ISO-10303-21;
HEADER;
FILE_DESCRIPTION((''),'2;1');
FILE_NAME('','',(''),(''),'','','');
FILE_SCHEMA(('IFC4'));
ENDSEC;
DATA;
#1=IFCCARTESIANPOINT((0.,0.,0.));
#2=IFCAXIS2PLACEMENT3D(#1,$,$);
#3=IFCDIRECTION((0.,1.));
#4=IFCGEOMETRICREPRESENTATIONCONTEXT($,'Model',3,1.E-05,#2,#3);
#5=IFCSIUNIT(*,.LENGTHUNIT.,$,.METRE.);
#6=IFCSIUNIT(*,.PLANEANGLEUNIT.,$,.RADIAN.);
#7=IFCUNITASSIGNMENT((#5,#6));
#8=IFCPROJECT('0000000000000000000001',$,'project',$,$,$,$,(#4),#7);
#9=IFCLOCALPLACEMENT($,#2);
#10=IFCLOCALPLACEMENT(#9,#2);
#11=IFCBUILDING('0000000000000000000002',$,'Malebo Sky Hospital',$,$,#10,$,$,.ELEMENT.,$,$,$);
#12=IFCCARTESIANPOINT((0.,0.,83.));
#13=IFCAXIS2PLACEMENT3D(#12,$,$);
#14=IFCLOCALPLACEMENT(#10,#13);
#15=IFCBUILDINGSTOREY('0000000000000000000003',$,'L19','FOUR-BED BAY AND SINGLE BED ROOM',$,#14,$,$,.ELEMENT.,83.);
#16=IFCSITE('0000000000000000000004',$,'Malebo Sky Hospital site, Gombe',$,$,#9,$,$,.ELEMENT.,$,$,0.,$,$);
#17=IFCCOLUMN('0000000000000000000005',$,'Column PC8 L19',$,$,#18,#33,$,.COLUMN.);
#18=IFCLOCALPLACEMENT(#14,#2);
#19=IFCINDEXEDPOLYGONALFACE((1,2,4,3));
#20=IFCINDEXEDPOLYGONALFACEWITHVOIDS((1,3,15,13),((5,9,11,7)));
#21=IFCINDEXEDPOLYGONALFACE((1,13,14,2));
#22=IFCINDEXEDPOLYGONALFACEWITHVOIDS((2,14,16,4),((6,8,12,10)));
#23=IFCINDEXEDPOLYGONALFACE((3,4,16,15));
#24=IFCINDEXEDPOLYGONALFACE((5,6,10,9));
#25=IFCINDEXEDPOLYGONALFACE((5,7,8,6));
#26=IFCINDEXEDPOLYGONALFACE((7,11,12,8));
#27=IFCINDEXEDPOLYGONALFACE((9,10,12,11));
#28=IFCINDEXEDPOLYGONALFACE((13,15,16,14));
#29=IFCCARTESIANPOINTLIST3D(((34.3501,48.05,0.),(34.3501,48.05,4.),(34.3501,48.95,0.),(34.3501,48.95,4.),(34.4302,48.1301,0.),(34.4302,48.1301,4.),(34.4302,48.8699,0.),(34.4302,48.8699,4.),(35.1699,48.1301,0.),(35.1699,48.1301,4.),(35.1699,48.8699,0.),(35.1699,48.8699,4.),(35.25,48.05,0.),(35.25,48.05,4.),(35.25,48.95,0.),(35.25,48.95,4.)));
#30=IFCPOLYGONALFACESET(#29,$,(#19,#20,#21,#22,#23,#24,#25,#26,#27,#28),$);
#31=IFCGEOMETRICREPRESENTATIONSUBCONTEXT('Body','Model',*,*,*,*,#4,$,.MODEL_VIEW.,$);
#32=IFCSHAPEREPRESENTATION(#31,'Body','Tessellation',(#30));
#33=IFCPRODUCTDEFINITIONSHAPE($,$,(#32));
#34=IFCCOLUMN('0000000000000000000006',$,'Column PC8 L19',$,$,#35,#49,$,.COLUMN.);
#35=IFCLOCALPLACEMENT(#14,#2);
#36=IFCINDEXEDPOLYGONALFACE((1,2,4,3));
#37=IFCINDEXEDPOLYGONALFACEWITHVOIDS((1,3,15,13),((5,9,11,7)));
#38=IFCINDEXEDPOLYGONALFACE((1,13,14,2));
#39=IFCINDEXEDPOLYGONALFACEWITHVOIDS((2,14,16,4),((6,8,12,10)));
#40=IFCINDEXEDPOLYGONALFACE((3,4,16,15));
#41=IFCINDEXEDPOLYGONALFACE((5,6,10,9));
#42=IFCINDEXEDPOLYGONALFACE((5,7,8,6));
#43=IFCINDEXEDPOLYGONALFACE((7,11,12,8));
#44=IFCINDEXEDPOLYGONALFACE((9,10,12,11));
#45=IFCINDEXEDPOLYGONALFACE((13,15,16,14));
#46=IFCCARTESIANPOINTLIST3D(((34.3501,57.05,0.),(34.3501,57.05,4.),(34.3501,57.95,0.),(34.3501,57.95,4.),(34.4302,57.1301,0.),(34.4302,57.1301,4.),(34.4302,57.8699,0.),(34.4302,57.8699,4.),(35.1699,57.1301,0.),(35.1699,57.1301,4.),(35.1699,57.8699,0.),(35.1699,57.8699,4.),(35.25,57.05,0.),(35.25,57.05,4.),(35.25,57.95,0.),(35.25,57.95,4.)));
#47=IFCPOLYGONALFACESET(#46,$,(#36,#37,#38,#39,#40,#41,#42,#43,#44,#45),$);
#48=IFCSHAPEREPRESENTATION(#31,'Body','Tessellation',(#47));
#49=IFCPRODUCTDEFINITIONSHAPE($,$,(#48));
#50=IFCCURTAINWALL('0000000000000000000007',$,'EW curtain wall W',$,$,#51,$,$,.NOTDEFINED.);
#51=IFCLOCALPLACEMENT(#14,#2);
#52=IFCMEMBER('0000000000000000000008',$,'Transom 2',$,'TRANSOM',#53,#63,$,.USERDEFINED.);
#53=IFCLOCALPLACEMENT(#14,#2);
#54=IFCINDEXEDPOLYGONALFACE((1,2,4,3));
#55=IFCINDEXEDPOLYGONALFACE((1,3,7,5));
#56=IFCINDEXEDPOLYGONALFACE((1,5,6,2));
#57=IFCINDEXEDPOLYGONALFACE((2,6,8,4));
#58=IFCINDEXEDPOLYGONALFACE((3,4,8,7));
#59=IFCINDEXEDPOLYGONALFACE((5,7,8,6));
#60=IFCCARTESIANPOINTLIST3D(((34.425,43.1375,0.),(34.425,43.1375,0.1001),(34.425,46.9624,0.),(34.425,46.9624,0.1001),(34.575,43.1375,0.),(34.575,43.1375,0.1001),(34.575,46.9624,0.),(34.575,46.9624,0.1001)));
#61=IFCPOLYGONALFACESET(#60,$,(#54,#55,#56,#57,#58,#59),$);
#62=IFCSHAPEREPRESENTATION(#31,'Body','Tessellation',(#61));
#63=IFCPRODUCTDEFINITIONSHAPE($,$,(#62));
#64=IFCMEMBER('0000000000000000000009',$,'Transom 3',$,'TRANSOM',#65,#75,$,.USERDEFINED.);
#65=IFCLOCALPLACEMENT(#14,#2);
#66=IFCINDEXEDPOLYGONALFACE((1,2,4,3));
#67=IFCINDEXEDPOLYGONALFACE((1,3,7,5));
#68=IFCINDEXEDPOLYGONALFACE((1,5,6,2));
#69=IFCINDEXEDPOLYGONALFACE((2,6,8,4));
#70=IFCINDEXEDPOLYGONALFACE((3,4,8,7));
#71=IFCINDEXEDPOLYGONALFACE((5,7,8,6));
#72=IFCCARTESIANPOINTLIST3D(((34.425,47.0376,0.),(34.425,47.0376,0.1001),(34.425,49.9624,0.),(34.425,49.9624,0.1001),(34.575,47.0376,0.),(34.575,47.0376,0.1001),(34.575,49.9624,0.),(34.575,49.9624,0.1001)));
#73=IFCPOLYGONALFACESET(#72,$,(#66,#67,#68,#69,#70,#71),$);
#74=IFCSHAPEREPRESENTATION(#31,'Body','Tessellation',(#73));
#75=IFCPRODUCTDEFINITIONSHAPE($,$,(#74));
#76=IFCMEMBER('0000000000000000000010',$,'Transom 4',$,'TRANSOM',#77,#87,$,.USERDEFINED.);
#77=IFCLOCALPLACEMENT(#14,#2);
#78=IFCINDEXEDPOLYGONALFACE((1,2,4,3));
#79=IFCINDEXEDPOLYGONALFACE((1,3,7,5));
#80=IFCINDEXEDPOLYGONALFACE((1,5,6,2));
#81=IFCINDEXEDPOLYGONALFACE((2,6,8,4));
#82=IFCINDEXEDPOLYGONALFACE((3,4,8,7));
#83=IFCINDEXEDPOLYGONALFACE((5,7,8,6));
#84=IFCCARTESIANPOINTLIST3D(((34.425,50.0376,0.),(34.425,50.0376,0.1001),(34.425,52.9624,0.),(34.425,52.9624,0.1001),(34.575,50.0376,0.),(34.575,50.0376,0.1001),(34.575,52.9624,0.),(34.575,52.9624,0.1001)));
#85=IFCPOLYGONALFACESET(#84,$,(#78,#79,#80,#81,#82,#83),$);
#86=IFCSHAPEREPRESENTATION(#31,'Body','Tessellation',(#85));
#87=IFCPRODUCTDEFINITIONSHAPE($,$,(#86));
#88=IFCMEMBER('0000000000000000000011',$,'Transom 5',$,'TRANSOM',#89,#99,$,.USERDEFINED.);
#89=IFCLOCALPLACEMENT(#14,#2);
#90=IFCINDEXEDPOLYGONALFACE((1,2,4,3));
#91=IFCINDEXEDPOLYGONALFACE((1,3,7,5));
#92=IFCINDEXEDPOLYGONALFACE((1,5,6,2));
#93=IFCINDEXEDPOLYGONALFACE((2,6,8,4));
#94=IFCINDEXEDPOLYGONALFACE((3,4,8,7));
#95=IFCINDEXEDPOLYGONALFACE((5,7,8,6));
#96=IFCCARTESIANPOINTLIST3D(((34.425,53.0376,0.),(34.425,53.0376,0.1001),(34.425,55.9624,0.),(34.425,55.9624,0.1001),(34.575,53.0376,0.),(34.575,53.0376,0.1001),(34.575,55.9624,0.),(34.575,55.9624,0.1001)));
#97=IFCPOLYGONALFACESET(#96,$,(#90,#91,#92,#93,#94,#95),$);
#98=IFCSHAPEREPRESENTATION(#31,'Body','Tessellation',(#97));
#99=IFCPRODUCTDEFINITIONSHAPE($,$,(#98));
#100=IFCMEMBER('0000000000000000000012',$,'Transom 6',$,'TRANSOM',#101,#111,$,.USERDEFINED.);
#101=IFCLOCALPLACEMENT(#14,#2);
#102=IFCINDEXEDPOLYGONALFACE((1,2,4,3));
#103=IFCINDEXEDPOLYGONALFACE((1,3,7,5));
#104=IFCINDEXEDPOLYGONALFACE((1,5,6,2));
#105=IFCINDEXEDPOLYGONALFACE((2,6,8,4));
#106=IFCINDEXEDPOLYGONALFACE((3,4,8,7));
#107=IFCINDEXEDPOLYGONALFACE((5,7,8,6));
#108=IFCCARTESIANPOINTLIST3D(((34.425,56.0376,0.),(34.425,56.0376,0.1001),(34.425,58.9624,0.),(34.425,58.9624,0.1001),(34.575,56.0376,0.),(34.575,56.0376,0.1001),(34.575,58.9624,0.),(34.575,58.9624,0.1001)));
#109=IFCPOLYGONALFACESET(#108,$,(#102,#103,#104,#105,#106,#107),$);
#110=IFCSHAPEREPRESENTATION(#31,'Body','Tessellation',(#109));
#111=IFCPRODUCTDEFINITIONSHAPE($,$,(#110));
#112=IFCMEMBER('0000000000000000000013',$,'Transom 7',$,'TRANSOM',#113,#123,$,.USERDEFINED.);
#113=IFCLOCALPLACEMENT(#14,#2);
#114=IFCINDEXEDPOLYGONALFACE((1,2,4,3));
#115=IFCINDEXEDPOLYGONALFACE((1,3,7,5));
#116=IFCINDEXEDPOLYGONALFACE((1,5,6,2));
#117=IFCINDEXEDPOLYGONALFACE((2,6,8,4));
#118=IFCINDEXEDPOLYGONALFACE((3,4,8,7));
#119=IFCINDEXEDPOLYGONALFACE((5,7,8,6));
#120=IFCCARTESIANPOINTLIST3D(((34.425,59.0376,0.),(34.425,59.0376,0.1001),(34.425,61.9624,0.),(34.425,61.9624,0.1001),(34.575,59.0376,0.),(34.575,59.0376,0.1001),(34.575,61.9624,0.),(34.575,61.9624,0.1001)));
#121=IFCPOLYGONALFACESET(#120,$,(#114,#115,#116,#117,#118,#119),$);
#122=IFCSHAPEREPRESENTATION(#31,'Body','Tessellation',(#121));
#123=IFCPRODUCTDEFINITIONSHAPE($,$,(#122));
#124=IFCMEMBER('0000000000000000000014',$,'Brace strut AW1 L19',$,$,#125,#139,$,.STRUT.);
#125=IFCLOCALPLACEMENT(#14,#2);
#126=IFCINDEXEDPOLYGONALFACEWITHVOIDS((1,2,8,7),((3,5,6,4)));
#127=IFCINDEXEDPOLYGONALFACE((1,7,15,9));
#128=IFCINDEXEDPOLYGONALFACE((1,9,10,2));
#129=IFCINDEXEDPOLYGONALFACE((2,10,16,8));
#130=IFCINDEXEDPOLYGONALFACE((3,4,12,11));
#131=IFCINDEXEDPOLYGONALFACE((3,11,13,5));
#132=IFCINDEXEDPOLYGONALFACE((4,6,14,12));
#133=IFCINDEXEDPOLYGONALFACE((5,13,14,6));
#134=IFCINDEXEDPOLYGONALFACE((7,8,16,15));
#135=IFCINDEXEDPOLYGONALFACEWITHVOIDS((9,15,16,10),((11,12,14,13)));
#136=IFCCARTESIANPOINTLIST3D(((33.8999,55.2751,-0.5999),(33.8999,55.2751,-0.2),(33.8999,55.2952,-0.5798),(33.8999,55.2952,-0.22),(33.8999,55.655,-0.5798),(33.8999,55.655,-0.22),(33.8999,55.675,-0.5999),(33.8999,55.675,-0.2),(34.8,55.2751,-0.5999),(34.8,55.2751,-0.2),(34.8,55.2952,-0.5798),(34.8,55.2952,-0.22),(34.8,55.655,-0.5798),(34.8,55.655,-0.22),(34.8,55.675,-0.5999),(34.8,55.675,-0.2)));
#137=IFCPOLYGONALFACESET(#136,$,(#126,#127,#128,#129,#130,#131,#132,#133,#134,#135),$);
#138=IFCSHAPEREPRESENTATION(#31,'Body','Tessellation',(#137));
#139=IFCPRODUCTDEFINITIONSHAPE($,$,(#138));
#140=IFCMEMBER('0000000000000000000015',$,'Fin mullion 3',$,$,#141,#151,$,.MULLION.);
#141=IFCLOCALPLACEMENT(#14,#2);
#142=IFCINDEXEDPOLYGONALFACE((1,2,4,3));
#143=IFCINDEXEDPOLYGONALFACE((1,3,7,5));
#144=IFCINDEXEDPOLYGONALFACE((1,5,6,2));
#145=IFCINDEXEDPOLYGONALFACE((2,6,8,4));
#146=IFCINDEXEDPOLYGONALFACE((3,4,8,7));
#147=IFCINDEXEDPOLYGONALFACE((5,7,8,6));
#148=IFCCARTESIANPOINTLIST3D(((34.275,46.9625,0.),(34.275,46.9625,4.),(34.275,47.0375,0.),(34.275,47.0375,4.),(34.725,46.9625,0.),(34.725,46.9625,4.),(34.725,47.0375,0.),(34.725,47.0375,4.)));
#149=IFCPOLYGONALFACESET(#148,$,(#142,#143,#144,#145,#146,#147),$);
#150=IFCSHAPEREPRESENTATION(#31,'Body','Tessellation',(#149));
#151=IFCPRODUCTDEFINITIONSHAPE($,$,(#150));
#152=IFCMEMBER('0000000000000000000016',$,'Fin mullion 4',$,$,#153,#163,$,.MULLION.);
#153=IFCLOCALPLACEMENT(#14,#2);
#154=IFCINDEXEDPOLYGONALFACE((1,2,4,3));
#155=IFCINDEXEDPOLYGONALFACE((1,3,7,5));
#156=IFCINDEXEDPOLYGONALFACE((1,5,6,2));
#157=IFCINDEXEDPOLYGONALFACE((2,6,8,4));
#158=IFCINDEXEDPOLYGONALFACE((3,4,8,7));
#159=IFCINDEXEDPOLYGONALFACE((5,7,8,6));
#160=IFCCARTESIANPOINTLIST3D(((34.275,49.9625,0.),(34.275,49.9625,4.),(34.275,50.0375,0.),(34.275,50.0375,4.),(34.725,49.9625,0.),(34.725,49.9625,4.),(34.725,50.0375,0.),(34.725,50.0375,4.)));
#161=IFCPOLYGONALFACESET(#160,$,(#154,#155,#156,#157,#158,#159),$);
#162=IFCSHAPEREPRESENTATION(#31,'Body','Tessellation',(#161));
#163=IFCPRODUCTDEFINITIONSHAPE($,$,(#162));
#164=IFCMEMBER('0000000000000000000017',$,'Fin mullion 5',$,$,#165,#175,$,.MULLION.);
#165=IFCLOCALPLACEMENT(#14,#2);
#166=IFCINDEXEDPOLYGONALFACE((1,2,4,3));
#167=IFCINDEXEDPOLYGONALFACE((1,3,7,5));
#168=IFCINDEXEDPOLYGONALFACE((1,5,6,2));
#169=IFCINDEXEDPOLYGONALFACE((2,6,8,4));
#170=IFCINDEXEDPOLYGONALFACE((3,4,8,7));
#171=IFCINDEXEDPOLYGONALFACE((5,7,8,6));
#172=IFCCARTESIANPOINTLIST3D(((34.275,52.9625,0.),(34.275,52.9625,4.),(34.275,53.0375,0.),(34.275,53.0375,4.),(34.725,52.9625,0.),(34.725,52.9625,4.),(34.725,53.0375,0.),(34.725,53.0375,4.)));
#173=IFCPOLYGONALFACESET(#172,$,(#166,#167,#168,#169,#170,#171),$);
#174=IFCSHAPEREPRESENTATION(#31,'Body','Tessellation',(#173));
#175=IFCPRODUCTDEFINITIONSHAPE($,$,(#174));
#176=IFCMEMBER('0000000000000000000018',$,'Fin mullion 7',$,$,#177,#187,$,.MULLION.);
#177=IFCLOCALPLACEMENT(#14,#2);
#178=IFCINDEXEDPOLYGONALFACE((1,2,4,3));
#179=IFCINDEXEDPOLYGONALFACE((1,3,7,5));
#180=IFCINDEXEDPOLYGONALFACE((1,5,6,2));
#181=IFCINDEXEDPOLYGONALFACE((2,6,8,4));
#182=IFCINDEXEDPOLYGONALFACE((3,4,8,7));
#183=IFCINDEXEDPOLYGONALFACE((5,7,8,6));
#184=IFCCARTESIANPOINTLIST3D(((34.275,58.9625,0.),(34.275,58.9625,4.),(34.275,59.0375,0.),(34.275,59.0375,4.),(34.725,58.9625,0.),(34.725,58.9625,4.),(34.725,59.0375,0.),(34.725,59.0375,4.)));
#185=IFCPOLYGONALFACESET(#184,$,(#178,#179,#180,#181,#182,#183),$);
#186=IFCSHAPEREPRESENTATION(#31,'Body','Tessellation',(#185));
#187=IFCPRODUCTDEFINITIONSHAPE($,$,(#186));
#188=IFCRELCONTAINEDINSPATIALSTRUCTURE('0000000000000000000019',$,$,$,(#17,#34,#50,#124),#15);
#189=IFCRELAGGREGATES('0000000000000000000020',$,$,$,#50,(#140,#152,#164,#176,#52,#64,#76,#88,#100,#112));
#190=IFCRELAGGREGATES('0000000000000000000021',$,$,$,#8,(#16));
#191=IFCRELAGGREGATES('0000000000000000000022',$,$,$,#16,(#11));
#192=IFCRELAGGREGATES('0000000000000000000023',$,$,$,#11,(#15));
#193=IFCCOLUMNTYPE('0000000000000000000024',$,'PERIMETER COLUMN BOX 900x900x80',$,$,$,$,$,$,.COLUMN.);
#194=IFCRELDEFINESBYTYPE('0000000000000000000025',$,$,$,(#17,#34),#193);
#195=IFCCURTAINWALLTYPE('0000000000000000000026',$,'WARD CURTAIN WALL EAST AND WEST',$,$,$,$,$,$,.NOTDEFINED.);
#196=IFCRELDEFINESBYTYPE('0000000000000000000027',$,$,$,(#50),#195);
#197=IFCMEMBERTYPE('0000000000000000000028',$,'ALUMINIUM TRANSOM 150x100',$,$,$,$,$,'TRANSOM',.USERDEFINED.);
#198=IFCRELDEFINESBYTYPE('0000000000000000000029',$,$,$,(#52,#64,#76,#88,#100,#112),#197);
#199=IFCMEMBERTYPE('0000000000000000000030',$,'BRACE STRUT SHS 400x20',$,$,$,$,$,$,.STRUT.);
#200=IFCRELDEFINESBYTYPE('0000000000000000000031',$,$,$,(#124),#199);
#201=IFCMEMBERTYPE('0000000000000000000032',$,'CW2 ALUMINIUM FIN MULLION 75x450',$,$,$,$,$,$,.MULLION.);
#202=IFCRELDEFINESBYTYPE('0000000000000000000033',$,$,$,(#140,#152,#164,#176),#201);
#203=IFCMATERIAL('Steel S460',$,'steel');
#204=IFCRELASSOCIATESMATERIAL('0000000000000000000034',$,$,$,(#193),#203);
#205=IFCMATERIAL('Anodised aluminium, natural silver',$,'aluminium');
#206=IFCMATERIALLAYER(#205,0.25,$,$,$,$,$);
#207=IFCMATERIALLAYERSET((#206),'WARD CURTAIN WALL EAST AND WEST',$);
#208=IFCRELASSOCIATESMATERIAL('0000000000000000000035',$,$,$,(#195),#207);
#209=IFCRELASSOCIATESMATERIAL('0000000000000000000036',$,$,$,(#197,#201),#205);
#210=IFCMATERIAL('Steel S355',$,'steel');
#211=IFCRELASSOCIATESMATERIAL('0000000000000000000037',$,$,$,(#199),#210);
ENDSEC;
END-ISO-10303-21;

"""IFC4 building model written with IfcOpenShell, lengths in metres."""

from ifc_helpers import new_model, si_unit, direction, frame, origin, origin_2d, place, context, subcontext, project, spatial, rectangle, hollow_rectangle, extrude, material, layer, layer_set, material_profile, profile_set, type_object, element, aggregate, save


model = new_model("IFC4")

# Units and contexts
model_context = context("Model", 3, precision=1e-05, world=origin(), true_north=direction((0.0, 1.0)))
body_context = subcontext(model_context, "Body", "Model", "MODEL_VIEW")
ifc_project = project(units=[si_unit("LENGTHUNIT", "METRE"), si_unit("PLANEANGLEUNIT", "RADIAN")], contexts=[model_context])

# Site, building, storey
site_placement = place(None, origin())
site = spatial("IfcSite", under=ifc_project, at=site_placement, Name="Malebo Sky Hospital site, Gombe", CompositionType="ELEMENT", RefElevation=0.0)
building_placement = place(site_placement, origin())
building = spatial("IfcBuilding", under=site, at=building_placement, Name="Malebo Sky Hospital", CompositionType="ELEMENT")
storey_placement = place(building_placement, frame((0.0, 0.0, 83.0)))
storey = spatial("IfcBuildingStorey", under=building, at=storey_placement, Name="L19", Description="FOUR-BED BAY AND SINGLE BED ROOM", CompositionType="ELEMENT", Elevation=83.0)

# Columns
ifc_material_1 = material(Name="Steel S460", Category="steel")
ifc_material_profile_1 = material_profile(ifc_material_1, hollow_rectangle(XDim=0.8999, YDim=0.8999, WallThickness=0.0801, at=origin_2d()), Name="BOX 900x900x80")
ifc_profile_set_1 = profile_set([ifc_material_profile_1], Name="Steel S460")
column_type = type_object("IfcColumnType", Name="PERIMETER COLUMN BOX 900x900x80", PredefinedType="COLUMN", material=ifc_profile_set_1)
for number, where, z_axis, x_axis, name in (
    (1, (34.8, 48.5, 0.0), (0.0, 0.0, 1.0), (1.0, 0.0, 0.0), "Column PC8 L19"),
    (2, (34.8, 57.5, 0.0), (0.0, 0.0, 1.0), (1.0, 0.0, 0.0), "Column PC8 L19"),
):
    element("IfcColumn", number, at=place(storey_placement, frame(where, z_axis=z_axis, x_axis=x_axis)), inside=storey, type_object=column_type, Name=name, PredefinedType="COLUMN", context=body_context, shape_type="SweptSolid", body=[
        extrude(hollow_rectangle(XDim=0.8999, YDim=0.8999, WallThickness=0.0801, at=origin_2d()), origin(), (0.0, 0.0, 1.0), 4.0),
    ])

# Curtain wall, members
ifc_material_2 = material(Name="Anodised aluminium, natural silver", Category="aluminium")
ifc_layer_1 = layer(ifc_material_2, 0.25)
ifc_layer_set_1 = layer_set([ifc_layer_1], Name="WARD CURTAIN WALL EAST AND WEST")
curtain_wall_type = type_object("IfcCurtainWallType", Name="WARD CURTAIN WALL EAST AND WEST", PredefinedType="NOTDEFINED", material=ifc_layer_set_1)
curtain_wall_placement = place(storey_placement, origin())
curtain_wall = element("IfcCurtainWall", 3, at=curtain_wall_placement, inside=storey, type_object=curtain_wall_type, Name="EW curtain wall W", PredefinedType="NOTDEFINED")
ifc_material_profile_2 = material_profile(ifc_material_2, rectangle(XDim=0.1499, YDim=0.1001, at=origin_2d()), Name="ALUMINIUM TRANSOM 150x100")
ifc_profile_set_2 = profile_set([ifc_material_profile_2], Name="Anodised aluminium, natural silver")
member_type_1 = type_object("IfcMemberType", Name="ALUMINIUM TRANSOM 150x100", ElementType="TRANSOM", PredefinedType="USERDEFINED", material=ifc_profile_set_2)
member_1_placement = place(storey_placement, frame((34.5, 43.1375, 0.05), z_axis=(0.0, 1.0, 0.0), x_axis=(-1.0, 0.0, 0.0)))
member_1 = element("IfcMember", 4, at=member_1_placement, type_object=member_type_1, Name="Transom 2", ObjectType="TRANSOM", PredefinedType="USERDEFINED", context=body_context, shape_type="SweptSolid", body=[
    extrude(rectangle(XDim=0.1499, YDim=0.1001, at=origin_2d()), origin(), (0.0, 0.0, 1.0), 3.825),
])
member_2_placement = place(storey_placement, frame((34.5, 47.0376, 0.05), z_axis=(0.0, 1.0, 0.0), x_axis=(-1.0, 0.0, 0.0)))
member_2 = element("IfcMember", 5, at=member_2_placement, type_object=member_type_1, Name="Transom 3", ObjectType="TRANSOM", PredefinedType="USERDEFINED", context=body_context, shape_type="SweptSolid", body=[
    extrude(rectangle(XDim=0.1499, YDim=0.1001, at=origin_2d()), origin(), (0.0, 0.0, 1.0), 2.9248),
])
member_3_placement = place(storey_placement, frame((34.5, 50.0376, 0.05), z_axis=(0.0, 1.0, 0.0), x_axis=(-1.0, 0.0, 0.0)))
member_3 = element("IfcMember", 6, at=member_3_placement, type_object=member_type_1, Name="Transom 4", ObjectType="TRANSOM", PredefinedType="USERDEFINED", context=body_context, shape_type="SweptSolid", body=[
    extrude(rectangle(XDim=0.1499, YDim=0.1001, at=origin_2d()), origin(), (0.0, 0.0, 1.0), 2.9248),
])
member_4_placement = place(storey_placement, frame((34.5, 53.0376, 0.05), z_axis=(0.0, 1.0, 0.0), x_axis=(-1.0, 0.0, 0.0)))
member_4 = element("IfcMember", 7, at=member_4_placement, type_object=member_type_1, Name="Transom 5", ObjectType="TRANSOM", PredefinedType="USERDEFINED", context=body_context, shape_type="SweptSolid", body=[
    extrude(rectangle(XDim=0.1499, YDim=0.1001, at=origin_2d()), origin(), (0.0, 0.0, 1.0), 2.9248),
])
member_5_placement = place(storey_placement, frame((34.5, 56.0376, 0.05), z_axis=(0.0, 1.0, 0.0), x_axis=(-1.0, 0.0, 0.0)))
member_5 = element("IfcMember", 8, at=member_5_placement, type_object=member_type_1, Name="Transom 6", ObjectType="TRANSOM", PredefinedType="USERDEFINED", context=body_context, shape_type="SweptSolid", body=[
    extrude(rectangle(XDim=0.1499, YDim=0.1001, at=origin_2d()), origin(), (0.0, 0.0, 1.0), 2.9248),
])
member_6_placement = place(storey_placement, frame((34.5, 59.0376, 0.05), z_axis=(0.0, 1.0, 0.0), x_axis=(-1.0, 0.0, 0.0)))
member_6 = element("IfcMember", 9, at=member_6_placement, type_object=member_type_1, Name="Transom 7", ObjectType="TRANSOM", PredefinedType="USERDEFINED", context=body_context, shape_type="SweptSolid", body=[
    extrude(rectangle(XDim=0.1499, YDim=0.1001, at=origin_2d()), origin(), (0.0, 0.0, 1.0), 2.9248),
])

# Members
ifc_material_3 = material(Name="Steel S355", Category="steel")
ifc_material_profile_3 = material_profile(ifc_material_3, hollow_rectangle(XDim=0.3999, YDim=0.3999, WallThickness=0.02, at=origin_2d()), Name="SHS 400x20")
ifc_profile_set_3 = profile_set([ifc_material_profile_3], Name="Steel S355")
member_type_2 = type_object("IfcMemberType", Name="BRACE STRUT SHS 400x20", PredefinedType="STRUT", material=ifc_profile_set_3)
member_7_placement = place(storey_placement, frame((33.8999, 55.4751, -0.3999), z_axis=(1.0, 0.0, 0.0), x_axis=(0.0, 1.0, 0.0)))
element("IfcMember", 10, at=member_7_placement, inside=storey, type_object=member_type_2, Name="Brace strut AW1 L19", PredefinedType="STRUT", context=body_context, shape_type="SweptSolid", body=[
    extrude(hollow_rectangle(XDim=0.3999, YDim=0.3999, WallThickness=0.02, at=origin_2d()), origin(), (0.0, 0.0, 1.0), 0.9001),
])
ifc_material_profile_4 = material_profile(ifc_material_2, rectangle(XDim=0.075, YDim=0.45, at=origin_2d()), Name="CW2 ALUMINIUM FIN MULLION 75x450")
ifc_profile_set_4 = profile_set([ifc_material_profile_4], Name="Anodised aluminium, natural silver")
member_type_3 = type_object("IfcMemberType", Name="CW2 ALUMINIUM FIN MULLION 75x450", PredefinedType="MULLION", material=ifc_profile_set_4)
member_8_placement = place(storey_placement, frame((34.5, 47.0, 0.0), z_axis=(0.0, 0.0, 1.0), x_axis=(0.0, 1.0, 0.0)))
member_8 = element("IfcMember", 11, at=member_8_placement, type_object=member_type_3, Name="Fin mullion 3", PredefinedType="MULLION", context=body_context, shape_type="SweptSolid", body=[
    extrude(rectangle(XDim=0.075, YDim=0.45, at=origin_2d()), origin(), (0.0, 0.0, 1.0), 4.0),
])
member_9_placement = place(storey_placement, frame((34.5, 50.0, 0.0), z_axis=(0.0, 0.0, 1.0), x_axis=(0.0, 1.0, 0.0)))
member_9 = element("IfcMember", 12, at=member_9_placement, type_object=member_type_3, Name="Fin mullion 4", PredefinedType="MULLION", context=body_context, shape_type="SweptSolid", body=[
    extrude(rectangle(XDim=0.075, YDim=0.45, at=origin_2d()), origin(), (0.0, 0.0, 1.0), 4.0),
])
member_10_placement = place(storey_placement, frame((34.5, 53.0, 0.0), z_axis=(0.0, 0.0, 1.0), x_axis=(0.0, 1.0, 0.0)))
member_10 = element("IfcMember", 13, at=member_10_placement, type_object=member_type_3, Name="Fin mullion 5", PredefinedType="MULLION", context=body_context, shape_type="SweptSolid", body=[
    extrude(rectangle(XDim=0.075, YDim=0.45, at=origin_2d()), origin(), (0.0, 0.0, 1.0), 4.0),
])
member_11_placement = place(storey_placement, frame((34.5, 59.0, 0.0), z_axis=(0.0, 0.0, 1.0), x_axis=(0.0, 1.0, 0.0)))
member_11 = element("IfcMember", 14, at=member_11_placement, type_object=member_type_3, Name="Fin mullion 7", PredefinedType="MULLION", context=body_context, shape_type="SweptSolid", body=[
    extrude(rectangle(XDim=0.075, YDim=0.45, at=origin_2d()), origin(), (0.0, 0.0, 1.0), 4.0),
])

aggregate(curtain_wall, [member_8, member_9, member_10, member_11, member_1, member_2, member_3, member_4, member_5, member_6])

save(model, "model.ifc")
